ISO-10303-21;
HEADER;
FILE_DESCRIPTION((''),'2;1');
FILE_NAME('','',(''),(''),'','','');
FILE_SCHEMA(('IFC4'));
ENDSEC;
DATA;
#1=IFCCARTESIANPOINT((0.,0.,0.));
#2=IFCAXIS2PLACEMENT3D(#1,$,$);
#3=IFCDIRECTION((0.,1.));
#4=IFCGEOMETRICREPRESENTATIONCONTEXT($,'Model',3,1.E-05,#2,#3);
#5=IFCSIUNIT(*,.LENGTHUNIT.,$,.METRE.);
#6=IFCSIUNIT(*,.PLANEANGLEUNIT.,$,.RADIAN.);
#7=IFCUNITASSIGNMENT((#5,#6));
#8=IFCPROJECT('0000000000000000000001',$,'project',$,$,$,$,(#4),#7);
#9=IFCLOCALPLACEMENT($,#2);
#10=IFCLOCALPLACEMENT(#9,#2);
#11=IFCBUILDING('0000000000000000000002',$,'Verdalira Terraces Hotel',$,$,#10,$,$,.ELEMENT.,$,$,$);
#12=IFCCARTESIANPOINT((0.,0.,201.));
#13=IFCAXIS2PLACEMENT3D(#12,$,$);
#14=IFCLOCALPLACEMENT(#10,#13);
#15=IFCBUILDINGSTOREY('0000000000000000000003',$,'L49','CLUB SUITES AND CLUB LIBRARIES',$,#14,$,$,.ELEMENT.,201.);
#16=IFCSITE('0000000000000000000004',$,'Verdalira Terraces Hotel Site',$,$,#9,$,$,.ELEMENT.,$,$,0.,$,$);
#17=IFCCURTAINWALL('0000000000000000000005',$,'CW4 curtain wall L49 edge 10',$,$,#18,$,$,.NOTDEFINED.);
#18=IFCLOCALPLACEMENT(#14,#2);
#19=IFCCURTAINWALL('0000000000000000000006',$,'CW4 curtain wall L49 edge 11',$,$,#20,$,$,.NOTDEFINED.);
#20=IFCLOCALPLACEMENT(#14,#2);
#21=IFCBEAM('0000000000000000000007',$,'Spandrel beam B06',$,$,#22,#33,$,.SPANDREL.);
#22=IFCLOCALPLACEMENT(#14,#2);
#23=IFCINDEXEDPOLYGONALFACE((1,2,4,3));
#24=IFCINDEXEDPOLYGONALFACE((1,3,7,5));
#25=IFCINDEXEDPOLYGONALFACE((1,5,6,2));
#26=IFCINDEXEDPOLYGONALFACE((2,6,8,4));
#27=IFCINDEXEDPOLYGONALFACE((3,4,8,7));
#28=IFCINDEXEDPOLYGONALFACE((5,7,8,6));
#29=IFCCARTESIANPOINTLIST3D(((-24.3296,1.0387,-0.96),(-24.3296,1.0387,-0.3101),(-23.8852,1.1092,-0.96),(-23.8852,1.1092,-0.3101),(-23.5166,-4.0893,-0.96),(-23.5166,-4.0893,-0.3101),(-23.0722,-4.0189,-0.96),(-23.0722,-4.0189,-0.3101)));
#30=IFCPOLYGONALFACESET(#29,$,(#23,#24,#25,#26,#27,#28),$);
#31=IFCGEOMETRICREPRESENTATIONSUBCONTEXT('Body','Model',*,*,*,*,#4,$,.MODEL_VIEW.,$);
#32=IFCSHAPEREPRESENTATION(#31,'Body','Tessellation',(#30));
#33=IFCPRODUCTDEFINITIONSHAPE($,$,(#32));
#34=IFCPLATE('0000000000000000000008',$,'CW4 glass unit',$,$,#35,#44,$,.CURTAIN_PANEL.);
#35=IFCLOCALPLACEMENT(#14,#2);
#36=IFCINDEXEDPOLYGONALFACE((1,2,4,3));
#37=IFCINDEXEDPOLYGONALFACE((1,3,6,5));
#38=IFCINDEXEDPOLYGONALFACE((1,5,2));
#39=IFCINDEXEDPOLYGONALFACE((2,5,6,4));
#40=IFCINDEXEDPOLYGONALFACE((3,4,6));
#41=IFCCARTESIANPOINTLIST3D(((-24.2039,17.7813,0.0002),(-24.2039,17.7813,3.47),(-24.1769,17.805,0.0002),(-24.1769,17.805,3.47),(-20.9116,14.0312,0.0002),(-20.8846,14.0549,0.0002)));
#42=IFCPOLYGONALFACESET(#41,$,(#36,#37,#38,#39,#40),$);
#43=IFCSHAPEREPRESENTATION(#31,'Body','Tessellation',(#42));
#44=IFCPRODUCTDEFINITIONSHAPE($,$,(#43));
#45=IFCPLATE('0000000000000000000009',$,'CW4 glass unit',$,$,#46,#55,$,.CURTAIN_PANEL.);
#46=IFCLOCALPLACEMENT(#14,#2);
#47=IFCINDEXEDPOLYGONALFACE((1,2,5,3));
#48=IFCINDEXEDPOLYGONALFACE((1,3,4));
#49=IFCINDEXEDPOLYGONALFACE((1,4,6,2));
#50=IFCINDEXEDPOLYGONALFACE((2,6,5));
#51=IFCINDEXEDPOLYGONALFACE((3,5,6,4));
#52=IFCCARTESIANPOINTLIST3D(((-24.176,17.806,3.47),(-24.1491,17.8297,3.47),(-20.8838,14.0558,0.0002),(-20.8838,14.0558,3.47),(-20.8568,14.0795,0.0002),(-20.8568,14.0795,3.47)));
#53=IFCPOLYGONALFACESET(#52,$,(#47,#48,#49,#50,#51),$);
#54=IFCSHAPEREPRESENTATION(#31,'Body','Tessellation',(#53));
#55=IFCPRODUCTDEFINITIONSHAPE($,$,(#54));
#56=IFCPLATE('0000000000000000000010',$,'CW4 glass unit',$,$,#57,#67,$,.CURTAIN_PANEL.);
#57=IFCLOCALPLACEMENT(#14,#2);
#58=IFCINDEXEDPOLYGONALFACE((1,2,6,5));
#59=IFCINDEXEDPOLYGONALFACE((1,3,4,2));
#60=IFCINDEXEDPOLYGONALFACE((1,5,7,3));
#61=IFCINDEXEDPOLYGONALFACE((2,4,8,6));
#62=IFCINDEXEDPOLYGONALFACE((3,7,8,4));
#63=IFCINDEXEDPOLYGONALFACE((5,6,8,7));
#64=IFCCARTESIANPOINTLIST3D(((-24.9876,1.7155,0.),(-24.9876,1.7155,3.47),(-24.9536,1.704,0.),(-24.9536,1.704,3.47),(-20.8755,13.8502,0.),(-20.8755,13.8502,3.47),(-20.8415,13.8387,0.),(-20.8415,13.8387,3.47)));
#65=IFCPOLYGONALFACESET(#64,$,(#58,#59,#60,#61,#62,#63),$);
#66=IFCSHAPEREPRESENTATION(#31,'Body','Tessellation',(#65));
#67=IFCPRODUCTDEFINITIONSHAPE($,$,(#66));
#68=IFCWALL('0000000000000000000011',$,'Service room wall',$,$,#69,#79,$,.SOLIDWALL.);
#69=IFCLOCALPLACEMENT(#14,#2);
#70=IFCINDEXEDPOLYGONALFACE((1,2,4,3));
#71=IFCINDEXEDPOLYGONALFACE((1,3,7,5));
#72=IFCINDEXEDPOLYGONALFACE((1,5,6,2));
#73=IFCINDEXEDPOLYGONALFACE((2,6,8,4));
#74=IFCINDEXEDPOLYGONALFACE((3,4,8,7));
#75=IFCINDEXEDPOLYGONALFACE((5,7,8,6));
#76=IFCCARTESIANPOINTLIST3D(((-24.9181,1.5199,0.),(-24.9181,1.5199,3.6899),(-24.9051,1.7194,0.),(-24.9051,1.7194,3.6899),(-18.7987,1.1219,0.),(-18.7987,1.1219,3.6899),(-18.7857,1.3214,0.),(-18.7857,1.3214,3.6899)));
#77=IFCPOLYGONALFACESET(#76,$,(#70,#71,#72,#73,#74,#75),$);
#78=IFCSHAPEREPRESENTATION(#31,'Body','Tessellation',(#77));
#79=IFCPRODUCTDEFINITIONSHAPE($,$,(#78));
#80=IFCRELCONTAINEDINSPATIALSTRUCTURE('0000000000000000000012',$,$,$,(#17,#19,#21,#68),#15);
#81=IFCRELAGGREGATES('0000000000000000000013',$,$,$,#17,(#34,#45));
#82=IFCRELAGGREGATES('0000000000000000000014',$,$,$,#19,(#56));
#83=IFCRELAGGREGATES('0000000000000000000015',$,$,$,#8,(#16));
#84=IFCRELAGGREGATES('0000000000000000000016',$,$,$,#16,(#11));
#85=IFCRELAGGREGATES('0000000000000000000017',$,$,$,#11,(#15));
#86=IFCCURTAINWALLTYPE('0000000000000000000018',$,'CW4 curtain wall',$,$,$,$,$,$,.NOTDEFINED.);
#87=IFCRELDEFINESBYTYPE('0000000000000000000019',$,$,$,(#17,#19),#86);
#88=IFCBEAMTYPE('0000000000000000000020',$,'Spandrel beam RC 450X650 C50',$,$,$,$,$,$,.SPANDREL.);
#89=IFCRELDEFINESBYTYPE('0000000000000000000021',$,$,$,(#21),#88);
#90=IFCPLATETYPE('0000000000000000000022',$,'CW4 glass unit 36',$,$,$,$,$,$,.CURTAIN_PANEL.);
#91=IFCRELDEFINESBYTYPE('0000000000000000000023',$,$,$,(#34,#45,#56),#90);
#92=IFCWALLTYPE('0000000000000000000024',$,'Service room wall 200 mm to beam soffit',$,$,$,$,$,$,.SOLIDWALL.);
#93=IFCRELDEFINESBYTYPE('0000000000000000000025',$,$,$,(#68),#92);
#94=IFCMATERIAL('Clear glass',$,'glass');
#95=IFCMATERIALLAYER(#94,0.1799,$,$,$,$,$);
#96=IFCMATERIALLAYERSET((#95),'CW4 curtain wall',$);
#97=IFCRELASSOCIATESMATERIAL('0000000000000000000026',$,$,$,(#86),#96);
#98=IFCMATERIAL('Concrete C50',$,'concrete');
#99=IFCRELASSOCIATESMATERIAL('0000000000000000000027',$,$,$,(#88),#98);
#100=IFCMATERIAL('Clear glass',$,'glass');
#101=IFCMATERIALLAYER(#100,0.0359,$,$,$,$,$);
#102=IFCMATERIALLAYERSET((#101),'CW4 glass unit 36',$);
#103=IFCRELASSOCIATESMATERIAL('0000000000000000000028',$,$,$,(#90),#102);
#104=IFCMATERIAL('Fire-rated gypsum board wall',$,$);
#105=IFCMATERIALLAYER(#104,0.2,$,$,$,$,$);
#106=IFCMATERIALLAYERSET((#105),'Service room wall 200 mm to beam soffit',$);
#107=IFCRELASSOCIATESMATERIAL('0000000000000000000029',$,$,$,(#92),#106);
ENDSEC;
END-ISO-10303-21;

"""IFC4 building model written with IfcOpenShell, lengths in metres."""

from ifc_helpers import new_model, si_unit, direction, frame, frame_2d, origin, origin_2d, place, context, subcontext, project, spatial, polyline, rectangle, outline, extrude, material, layer, layer_set, material_profile, profile_set, type_object, element, aggregate, save


model = new_model("IFC4")

# Units and contexts
model_context = context("Model", 3, precision=1e-05, world=origin(), true_north=direction((0.0, 1.0)))
body_context = subcontext(model_context, "Body", "Model", "MODEL_VIEW")
ifc_project = project(units=[si_unit("LENGTHUNIT", "METRE"), si_unit("PLANEANGLEUNIT", "RADIAN")], contexts=[model_context])

# Site, building, storey
site_placement = place(None, origin())
site = spatial("IfcSite", under=ifc_project, at=site_placement, Name="Verdalira Terraces Hotel Site", CompositionType="ELEMENT", RefElevation=0.0)
building_placement = place(site_placement, origin())
building = spatial("IfcBuilding", under=site, at=building_placement, Name="Verdalira Terraces Hotel", CompositionType="ELEMENT")
storey_placement = place(building_placement, frame((0.0, 0.0, 201.0)))
storey = spatial("IfcBuildingStorey", under=building, at=storey_placement, Name="L49", Description="CLUB SUITES AND CLUB LIBRARIES", CompositionType="ELEMENT", Elevation=201.0)

# Curtain walls
ifc_material_1 = material(Name="Clear glass", Category="glass")
ifc_layer_1 = layer(ifc_material_1, 0.1799)
ifc_layer_set_1 = layer_set([ifc_layer_1], Name="CW4 curtain wall")
curtain_wall_type = type_object("IfcCurtainWallType", Name="CW4 curtain wall", PredefinedType="NOTDEFINED", material=ifc_layer_set_1)
curtain_wall_1_placement = place(storey_placement, origin())
curtain_wall_1 = element("IfcCurtainWall", 1, at=curtain_wall_1_placement, inside=storey, type_object=curtain_wall_type, Name="CW4 curtain wall L49 edge 10", PredefinedType="NOTDEFINED")
curtain_wall_2_placement = place(storey_placement, origin())
curtain_wall_2 = element("IfcCurtainWall", 2, at=curtain_wall_2_placement, inside=storey, type_object=curtain_wall_type, Name="CW4 curtain wall L49 edge 11", PredefinedType="NOTDEFINED")

# Beam
ifc_material_2 = material(Name="Concrete C50", Category="concrete")
ifc_material_profile_1 = material_profile(ifc_material_2, rectangle(XDim=0.45, YDim=0.6499, at=origin_2d()), Name="RC 450X650")
ifc_profile_set_1 = profile_set([ifc_material_profile_1], Name="Concrete C50")
beam_type = type_object("IfcBeamType", Name="Spandrel beam RC 450X650 C50", PredefinedType="SPANDREL", material=ifc_profile_set_1)
beam_1_placement = place(storey_placement, frame((-24.1074, 1.074, -0.635), z_axis=(0.156578, -0.987666, 0.0), x_axis=(0.987666, 0.156578, 0.0)))
element("IfcBeam", 3, at=beam_1_placement, inside=storey, type_object=beam_type, Name="Spandrel beam B06", PredefinedType="SPANDREL", context=body_context, shape_type="SweptSolid", body=[
    extrude(rectangle(XDim=0.45, YDim=0.6499, at=origin_2d()), origin(), (0.0, 0.0, 1.0), 5.1921),
])

# Plates
ifc_material_3 = material(Name="Clear glass", Category="glass")
ifc_layer_2 = layer(ifc_material_3, 0.0359)
ifc_layer_set_2 = layer_set([ifc_layer_2], Name="CW4 glass unit 36")
plate_type = type_object("IfcPlateType", Name="CW4 glass unit 36", PredefinedType="CURTAIN_PANEL", material=ifc_layer_set_2)
plate_1_placement = place(storey_placement, frame((-22.5308, 15.9299, 1.7351), z_axis=(-0.751494, -0.659739, 0.0), x_axis=(0.659739, -0.751494, 0.0)))
plate_1 = element("IfcPlate", 4, at=plate_1_placement, type_object=plate_type, Name="CW4 glass unit", PredefinedType="CURTAIN_PANEL", context=body_context, shape_type="SweptSolid", body=[
    extrude(outline(polyline([(-2.4951, -1.7349), (2.4951, -1.7349), (-2.4951, 1.7349), (-2.4951, -1.7349)])), origin(), (0.0, 0.0, 1.0), 0.0359),
])
plate_2_placement = place(storey_placement, frame((-22.5029, 15.9546, 1.7351), z_axis=(-0.751494, -0.659739, 0.0), x_axis=(0.659739, -0.751494, 0.0)))
plate_2 = element("IfcPlate", 5, at=plate_2_placement, type_object=plate_type, Name="CW4 glass unit", PredefinedType="CURTAIN_PANEL", context=body_context, shape_type="SweptSolid", body=[
    extrude(outline(polyline([(2.4951, -1.7349), (2.4951, 1.7349), (-2.4951, 1.7349), (2.4951, -1.7349)])), origin(), (0.0, 0.0, 1.0), 0.0359),
])
aggregate(curtain_wall_1, [plate_1, plate_2])
plate_3_placement = place(storey_placement, frame((-22.9146, 7.7771, 0.0), z_axis=(0.0, 0.0, 1.0), x_axis=(-0.320944, -0.947098, 0.0)))
plate_3 = element("IfcPlate", 6, at=plate_3_placement, type_object=plate_type, Name="CW4 glass unit", PredefinedType="CURTAIN_PANEL", context=body_context, shape_type="SweptSolid", body=[
    extrude(rectangle(XDim=12.8125, YDim=0.0359, at=origin_2d()), origin(), (0.0, 0.0, 1.0), 3.47),
])
aggregate(curtain_wall_2, [plate_3])

# Wall
ifc_material_4 = material(Name="Fire-rated gypsum board wall")
ifc_layer_3 = layer(ifc_material_4, 0.2)
ifc_layer_set_3 = layer_set([ifc_layer_3], Name="Service room wall 200 mm to beam soffit")
wall_type = type_object("IfcWallType", Name="Service room wall 200 mm to beam soffit", PredefinedType="SOLIDWALL", material=ifc_layer_set_3)
wall_placement = place(storey_placement, frame((-24.9116, 1.6196, 0.0), z_axis=(0.0, 0.0, 1.0), x_axis=(0.997892, -0.064894, 0.0)))
element("IfcWall", 7, at=wall_placement, inside=storey, type_object=wall_type, Name="Service room wall", PredefinedType="SOLIDWALL", context=body_context, shape_type="SweptSolid", body=[
    extrude(rectangle(XDim=6.1323, YDim=0.2, at=frame_2d((3.0662, 0.0))), origin(), (0.0, 0.0, 1.0), 3.6899),
])

save(model, "model.ifc")
